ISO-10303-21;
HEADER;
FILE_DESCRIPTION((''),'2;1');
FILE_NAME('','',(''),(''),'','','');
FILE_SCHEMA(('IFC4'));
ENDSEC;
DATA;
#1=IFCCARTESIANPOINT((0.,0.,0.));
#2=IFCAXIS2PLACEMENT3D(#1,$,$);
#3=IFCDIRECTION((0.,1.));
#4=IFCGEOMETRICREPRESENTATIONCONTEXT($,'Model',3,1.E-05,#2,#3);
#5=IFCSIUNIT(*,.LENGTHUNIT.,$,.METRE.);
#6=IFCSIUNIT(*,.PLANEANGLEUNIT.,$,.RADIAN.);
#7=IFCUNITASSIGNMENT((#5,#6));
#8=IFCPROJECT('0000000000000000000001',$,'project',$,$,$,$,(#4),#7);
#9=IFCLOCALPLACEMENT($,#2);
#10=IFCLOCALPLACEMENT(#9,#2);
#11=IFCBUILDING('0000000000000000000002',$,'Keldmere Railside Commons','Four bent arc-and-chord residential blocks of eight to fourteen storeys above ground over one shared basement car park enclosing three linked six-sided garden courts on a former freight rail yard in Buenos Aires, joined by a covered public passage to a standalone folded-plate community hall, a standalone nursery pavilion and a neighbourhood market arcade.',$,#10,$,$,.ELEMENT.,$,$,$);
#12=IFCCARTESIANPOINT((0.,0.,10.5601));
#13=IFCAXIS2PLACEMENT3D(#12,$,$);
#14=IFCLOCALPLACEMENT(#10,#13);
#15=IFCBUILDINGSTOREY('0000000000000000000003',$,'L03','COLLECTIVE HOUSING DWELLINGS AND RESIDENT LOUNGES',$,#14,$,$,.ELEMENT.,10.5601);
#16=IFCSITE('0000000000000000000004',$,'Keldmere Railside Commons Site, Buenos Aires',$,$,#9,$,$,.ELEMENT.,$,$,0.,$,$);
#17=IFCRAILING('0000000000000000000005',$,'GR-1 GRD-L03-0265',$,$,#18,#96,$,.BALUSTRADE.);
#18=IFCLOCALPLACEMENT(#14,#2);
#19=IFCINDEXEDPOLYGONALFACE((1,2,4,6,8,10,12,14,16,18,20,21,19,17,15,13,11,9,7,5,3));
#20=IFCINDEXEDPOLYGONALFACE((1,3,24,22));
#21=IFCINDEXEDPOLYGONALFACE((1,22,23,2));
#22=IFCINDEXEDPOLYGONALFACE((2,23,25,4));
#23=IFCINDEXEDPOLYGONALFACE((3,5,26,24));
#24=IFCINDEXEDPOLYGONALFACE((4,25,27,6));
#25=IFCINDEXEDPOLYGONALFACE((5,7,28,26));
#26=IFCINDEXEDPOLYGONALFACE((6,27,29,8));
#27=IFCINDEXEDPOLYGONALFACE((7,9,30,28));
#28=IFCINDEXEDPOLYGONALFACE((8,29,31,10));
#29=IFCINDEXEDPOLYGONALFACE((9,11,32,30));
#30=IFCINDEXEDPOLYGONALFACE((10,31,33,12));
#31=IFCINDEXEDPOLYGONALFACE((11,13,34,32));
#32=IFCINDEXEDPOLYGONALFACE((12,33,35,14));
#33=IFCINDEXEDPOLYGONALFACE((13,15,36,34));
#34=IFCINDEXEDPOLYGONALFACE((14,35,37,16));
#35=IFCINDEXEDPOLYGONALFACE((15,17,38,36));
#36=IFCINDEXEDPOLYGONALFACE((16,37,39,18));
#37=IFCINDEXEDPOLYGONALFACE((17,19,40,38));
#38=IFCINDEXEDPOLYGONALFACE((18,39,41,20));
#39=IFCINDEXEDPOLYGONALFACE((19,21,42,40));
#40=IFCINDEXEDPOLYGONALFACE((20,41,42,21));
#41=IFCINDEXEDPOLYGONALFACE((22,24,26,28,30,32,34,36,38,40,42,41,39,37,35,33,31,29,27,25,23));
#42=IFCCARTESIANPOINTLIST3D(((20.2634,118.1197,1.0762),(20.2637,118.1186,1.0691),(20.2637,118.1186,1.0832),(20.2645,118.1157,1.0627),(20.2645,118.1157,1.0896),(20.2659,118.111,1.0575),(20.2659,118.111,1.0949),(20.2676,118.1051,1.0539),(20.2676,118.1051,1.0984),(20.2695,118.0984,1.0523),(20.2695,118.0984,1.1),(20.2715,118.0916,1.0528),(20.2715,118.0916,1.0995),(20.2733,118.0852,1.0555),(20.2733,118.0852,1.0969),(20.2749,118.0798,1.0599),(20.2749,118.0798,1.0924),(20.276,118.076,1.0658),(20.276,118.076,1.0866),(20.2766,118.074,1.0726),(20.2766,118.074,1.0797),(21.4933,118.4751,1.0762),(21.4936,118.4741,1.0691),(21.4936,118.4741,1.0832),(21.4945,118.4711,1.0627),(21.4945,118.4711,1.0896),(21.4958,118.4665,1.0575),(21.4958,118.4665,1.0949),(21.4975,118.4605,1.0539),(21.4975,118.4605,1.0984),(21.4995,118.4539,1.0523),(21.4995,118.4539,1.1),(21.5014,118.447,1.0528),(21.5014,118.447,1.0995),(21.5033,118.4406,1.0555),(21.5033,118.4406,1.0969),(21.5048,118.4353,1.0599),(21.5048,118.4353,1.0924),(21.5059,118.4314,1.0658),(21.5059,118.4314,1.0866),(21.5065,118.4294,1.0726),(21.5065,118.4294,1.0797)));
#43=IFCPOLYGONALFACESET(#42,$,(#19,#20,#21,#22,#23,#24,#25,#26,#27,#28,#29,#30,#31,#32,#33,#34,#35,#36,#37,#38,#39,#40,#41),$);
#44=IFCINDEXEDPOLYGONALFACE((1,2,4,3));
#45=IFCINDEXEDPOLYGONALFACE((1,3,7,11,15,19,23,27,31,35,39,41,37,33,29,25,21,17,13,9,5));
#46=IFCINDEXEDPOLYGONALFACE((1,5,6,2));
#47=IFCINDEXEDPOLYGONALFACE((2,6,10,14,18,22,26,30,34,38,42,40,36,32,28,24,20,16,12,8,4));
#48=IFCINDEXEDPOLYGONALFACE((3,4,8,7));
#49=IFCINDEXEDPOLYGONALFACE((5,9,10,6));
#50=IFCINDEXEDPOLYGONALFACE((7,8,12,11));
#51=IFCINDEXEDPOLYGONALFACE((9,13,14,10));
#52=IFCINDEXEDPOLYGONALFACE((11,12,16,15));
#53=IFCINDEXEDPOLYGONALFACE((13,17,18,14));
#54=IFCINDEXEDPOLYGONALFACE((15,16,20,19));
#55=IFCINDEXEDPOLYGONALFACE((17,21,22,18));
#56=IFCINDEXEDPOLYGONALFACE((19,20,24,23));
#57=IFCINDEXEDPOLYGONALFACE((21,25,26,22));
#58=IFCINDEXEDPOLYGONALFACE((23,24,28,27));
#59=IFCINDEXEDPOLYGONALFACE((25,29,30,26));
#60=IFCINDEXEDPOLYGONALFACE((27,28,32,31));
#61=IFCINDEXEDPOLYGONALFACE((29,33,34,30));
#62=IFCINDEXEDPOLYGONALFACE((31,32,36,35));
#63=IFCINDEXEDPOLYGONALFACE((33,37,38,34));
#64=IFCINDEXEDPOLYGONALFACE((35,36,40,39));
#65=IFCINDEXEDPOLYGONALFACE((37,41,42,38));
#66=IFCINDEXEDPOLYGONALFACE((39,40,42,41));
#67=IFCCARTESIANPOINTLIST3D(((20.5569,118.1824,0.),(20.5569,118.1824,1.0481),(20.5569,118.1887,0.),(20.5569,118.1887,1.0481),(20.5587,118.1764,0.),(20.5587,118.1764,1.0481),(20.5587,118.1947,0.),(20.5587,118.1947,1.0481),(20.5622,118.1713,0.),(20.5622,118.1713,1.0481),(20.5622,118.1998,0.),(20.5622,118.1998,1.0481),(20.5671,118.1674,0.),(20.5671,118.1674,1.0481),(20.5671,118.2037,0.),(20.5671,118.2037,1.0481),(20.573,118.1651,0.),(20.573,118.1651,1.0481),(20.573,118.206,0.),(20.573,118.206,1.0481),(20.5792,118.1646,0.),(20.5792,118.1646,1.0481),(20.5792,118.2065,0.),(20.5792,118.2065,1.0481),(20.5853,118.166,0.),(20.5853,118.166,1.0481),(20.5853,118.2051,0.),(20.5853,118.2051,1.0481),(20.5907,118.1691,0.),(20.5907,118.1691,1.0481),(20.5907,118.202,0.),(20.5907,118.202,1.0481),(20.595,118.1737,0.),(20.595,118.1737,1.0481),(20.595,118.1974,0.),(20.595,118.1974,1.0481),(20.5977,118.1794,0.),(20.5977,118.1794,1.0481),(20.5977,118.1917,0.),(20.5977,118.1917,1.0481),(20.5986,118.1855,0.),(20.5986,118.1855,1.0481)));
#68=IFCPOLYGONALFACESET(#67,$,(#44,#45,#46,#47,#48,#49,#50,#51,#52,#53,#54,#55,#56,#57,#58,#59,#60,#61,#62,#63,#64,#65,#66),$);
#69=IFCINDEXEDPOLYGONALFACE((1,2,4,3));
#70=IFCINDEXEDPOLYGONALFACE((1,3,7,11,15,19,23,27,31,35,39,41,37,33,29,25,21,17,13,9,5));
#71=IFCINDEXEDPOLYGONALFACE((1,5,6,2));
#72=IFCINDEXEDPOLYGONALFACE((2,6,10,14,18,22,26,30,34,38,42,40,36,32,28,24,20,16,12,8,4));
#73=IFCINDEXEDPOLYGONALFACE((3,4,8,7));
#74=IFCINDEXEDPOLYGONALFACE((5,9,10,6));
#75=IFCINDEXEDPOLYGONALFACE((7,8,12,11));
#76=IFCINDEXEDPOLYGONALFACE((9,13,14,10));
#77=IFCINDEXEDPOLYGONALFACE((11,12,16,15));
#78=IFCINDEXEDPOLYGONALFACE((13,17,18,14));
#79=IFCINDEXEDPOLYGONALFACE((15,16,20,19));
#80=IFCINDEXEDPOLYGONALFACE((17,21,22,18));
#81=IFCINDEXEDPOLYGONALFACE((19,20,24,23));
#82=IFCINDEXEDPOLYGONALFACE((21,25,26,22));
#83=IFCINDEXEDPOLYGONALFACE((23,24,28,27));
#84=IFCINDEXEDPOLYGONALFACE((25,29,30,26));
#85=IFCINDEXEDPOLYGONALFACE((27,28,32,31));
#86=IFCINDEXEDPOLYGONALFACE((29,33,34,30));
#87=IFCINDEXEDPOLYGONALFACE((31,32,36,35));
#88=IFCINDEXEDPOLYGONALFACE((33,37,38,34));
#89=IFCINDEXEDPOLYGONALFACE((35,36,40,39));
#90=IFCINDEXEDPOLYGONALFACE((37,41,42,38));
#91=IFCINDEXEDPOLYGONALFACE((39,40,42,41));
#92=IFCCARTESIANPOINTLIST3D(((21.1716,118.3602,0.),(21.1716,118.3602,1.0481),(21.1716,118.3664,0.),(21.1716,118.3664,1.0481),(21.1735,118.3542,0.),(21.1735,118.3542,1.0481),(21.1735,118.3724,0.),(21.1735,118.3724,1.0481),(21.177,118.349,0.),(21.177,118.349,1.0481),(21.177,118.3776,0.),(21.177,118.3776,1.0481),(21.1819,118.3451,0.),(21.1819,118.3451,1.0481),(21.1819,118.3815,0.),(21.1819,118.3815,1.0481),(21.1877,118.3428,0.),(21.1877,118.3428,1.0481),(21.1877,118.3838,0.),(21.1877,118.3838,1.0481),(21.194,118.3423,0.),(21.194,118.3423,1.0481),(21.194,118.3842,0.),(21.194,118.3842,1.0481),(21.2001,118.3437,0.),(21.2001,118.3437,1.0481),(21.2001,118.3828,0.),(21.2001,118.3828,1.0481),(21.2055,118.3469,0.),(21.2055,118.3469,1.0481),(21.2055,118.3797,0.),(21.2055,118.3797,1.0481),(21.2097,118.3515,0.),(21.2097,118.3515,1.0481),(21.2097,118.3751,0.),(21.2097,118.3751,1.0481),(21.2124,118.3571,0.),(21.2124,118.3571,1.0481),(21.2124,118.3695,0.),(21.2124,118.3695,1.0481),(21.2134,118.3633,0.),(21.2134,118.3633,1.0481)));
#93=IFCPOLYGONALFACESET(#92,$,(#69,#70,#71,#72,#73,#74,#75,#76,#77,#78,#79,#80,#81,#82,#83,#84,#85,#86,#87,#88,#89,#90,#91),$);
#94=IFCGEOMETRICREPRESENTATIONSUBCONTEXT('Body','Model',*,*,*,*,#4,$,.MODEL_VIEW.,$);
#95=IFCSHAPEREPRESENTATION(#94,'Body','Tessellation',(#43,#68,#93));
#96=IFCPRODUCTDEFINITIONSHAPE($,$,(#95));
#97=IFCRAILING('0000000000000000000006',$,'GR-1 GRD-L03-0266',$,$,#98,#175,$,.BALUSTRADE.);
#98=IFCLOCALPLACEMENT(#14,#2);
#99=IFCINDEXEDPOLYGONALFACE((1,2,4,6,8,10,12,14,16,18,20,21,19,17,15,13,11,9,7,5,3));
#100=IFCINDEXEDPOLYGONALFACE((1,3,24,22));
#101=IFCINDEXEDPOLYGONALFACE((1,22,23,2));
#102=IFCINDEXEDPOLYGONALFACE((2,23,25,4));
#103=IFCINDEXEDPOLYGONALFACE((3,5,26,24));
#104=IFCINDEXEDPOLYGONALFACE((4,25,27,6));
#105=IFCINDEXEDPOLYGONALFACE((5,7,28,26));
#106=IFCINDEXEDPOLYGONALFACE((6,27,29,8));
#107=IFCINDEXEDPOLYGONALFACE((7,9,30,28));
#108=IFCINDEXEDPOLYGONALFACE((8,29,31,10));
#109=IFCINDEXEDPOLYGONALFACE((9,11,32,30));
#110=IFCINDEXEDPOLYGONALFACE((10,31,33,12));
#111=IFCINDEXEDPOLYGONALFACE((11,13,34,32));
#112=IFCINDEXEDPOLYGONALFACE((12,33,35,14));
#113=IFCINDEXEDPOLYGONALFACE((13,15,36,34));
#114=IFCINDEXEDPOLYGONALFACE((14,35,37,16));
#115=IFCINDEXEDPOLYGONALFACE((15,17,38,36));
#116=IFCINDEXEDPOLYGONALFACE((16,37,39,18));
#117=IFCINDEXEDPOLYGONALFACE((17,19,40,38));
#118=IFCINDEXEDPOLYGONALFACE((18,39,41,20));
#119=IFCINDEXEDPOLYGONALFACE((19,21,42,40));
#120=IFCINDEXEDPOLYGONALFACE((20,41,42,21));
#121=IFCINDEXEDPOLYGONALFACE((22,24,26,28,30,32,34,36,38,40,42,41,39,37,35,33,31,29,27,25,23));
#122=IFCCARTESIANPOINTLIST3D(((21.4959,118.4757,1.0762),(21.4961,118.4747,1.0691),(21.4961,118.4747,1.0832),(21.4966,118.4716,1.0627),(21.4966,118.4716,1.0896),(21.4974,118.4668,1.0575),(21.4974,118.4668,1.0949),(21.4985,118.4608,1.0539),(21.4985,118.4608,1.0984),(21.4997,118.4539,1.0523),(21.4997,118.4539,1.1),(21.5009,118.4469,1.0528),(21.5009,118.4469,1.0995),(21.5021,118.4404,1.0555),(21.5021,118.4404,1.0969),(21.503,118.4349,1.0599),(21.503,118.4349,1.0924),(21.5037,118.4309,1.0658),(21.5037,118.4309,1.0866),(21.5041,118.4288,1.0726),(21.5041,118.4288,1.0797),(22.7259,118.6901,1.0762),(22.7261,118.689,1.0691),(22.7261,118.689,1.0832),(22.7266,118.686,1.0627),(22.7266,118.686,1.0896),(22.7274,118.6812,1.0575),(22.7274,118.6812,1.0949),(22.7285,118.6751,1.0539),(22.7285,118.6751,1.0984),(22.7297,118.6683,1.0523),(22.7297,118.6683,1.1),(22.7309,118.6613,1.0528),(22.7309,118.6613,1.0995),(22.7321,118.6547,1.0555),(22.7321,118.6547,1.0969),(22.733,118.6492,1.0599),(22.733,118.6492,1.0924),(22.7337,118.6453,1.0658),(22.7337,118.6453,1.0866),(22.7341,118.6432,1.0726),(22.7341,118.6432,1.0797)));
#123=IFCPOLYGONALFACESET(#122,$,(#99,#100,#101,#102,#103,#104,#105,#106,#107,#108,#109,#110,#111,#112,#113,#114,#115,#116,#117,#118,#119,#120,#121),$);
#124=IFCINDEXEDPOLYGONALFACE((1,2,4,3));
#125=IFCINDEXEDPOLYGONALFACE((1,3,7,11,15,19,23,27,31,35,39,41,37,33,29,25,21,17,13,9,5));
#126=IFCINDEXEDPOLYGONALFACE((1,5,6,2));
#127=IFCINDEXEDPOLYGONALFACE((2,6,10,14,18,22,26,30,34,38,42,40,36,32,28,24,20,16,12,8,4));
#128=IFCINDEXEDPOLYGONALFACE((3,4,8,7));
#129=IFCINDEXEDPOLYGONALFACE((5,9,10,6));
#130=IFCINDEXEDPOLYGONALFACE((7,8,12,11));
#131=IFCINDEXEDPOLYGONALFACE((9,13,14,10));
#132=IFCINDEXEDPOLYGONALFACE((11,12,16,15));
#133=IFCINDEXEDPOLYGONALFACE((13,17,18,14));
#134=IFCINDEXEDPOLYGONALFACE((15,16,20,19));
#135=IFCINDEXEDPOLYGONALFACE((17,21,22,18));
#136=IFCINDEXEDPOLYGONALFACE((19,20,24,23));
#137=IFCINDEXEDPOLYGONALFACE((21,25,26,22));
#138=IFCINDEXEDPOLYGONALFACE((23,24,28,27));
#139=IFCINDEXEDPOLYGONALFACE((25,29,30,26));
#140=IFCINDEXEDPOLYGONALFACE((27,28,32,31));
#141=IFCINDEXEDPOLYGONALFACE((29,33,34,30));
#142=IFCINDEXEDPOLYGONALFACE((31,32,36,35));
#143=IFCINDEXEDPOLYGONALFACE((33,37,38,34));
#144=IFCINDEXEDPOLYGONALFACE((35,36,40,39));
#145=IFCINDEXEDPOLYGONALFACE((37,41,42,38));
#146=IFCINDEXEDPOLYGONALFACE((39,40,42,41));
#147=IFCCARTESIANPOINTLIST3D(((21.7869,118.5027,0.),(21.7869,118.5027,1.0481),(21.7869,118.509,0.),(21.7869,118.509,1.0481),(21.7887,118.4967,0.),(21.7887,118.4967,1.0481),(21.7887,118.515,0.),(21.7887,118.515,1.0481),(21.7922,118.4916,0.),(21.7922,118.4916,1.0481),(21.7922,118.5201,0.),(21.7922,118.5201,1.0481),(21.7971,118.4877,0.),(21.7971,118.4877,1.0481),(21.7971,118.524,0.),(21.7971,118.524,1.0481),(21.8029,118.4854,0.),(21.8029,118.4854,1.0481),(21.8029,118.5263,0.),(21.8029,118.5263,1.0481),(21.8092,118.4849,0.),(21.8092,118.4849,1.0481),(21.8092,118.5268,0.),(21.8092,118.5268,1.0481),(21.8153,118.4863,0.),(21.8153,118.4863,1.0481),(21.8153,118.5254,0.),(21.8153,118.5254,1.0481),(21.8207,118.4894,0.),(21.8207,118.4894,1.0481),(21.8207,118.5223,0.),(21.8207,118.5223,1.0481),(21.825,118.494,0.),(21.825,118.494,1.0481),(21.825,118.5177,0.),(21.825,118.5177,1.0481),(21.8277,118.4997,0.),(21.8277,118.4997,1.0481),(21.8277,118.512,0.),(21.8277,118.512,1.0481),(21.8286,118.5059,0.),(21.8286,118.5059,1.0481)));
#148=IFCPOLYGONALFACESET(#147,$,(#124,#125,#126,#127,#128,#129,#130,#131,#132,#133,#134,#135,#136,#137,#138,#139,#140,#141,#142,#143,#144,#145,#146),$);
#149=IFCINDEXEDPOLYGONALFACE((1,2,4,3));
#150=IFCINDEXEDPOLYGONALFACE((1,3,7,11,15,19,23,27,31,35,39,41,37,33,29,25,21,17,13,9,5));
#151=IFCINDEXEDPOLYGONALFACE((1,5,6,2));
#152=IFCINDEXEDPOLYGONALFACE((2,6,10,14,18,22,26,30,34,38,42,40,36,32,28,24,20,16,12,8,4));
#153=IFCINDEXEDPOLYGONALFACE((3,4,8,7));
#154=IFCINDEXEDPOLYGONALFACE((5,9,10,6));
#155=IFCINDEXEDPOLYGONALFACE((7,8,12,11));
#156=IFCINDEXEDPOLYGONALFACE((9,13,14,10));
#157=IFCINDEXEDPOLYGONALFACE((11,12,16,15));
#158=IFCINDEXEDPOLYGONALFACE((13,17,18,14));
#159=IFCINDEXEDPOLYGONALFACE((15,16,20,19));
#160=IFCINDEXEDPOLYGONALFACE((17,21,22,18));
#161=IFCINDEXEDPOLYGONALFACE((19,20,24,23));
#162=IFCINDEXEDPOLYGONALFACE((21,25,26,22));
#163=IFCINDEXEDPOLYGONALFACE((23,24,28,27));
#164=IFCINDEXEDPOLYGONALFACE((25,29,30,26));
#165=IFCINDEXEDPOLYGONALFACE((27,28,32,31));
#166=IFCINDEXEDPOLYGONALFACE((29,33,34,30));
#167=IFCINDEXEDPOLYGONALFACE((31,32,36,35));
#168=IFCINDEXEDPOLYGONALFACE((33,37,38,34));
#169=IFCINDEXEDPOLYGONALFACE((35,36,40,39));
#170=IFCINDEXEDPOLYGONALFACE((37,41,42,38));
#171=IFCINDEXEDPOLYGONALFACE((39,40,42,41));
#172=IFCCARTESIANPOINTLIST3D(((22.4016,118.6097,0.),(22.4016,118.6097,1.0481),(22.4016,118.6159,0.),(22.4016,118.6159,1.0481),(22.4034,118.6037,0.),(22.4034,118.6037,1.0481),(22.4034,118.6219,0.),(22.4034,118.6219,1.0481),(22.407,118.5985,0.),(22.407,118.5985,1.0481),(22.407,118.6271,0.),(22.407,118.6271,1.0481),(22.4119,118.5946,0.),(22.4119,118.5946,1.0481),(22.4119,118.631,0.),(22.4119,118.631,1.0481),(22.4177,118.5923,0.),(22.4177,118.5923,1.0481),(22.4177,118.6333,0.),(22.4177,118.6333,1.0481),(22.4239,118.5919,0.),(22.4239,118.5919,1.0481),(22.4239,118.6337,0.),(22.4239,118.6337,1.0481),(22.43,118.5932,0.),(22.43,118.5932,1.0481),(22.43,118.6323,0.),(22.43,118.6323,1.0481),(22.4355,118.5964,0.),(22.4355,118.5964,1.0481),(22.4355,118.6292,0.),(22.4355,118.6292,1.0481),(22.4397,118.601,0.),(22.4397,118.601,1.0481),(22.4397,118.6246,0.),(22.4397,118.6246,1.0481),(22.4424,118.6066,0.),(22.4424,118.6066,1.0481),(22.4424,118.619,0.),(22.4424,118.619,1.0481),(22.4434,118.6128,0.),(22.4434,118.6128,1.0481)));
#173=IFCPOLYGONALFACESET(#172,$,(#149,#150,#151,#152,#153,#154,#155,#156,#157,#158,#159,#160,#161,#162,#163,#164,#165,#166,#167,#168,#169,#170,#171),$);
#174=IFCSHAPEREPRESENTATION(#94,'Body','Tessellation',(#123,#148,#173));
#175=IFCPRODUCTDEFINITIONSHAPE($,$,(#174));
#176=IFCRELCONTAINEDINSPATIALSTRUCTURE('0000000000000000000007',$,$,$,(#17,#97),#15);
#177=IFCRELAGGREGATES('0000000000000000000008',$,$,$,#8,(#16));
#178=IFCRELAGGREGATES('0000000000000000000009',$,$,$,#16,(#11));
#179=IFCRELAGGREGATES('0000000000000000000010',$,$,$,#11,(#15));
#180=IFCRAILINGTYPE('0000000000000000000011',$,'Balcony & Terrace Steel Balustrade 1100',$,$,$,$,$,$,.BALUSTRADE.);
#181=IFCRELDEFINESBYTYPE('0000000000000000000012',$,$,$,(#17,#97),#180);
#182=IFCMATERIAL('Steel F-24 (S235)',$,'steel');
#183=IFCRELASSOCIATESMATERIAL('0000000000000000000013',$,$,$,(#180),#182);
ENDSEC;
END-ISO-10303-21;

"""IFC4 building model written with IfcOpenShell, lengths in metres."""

from ifc_helpers import new_model, si_unit, direction, frame, origin, origin_2d, place, context, subcontext, project, spatial, circle, extrude, material, type_object, element, save


model = new_model("IFC4")

# Units and contexts
model_context = context("Model", 3, precision=1e-05, world=origin(), true_north=direction((0.0, 1.0)))
body_context = subcontext(model_context, "Body", "Model", "MODEL_VIEW")
ifc_project = project(units=[si_unit("LENGTHUNIT", "METRE"), si_unit("PLANEANGLEUNIT", "RADIAN")], contexts=[model_context])

# Site, building, storey
site_placement = place(None, origin())
site = spatial("IfcSite", under=ifc_project, at=site_placement, Name="Keldmere Railside Commons Site, Buenos Aires", CompositionType="ELEMENT", RefElevation=0.0)
building_placement = place(site_placement, origin())
building = spatial("IfcBuilding", under=site, at=building_placement, Name="Keldmere Railside Commons", Description="Four bent arc-and-chord residential blocks of eight to fourteen storeys above ground over one shared basement car park enclosing three linked six-sided garden courts on a former freight rail yard in Buenos Aires, joined by a covered public passage to a standalone folded-plate community hall, a standalone nursery pavilion and a neighbourhood market arcade.", CompositionType="ELEMENT")
storey_placement = place(building_placement, frame((0.0, 0.0, 10.5601)))
storey = spatial("IfcBuildingStorey", under=building, at=storey_placement, Name="L03", Description="COLLECTIVE HOUSING DWELLINGS AND RESIDENT LOUNGES", CompositionType="ELEMENT", Elevation=10.5601)

# Railings
ifc_material_1 = material(Name="Steel F-24 (S235)", Category="steel")
railing_type = type_object("IfcRailingType", Name="Balcony & Terrace Steel Balustrade 1100", PredefinedType="BALUSTRADE", material=ifc_material_1)
railing_1_placement = place(storey_placement, frame((20.27, 118.0967, 0.0)))
element("IfcRailing", 1, at=railing_1_placement, inside=storey, type_object=railing_type, Name="GR-1 GRD-L03-0265", PredefinedType="BALUSTRADE", context=body_context, shape_type="SweptSolid", body=[
    extrude(circle(Radius=0.0239, at=origin_2d()), frame((0.0, 0.0, 1.0762), z_axis=(0.960685, 0.277641, 0.0), x_axis=(-0.277641, 0.960685, 0.0)), (0.0, 0.0, 1.0), 1.2803),
    extrude(circle(Radius=0.021, at=origin_2d()), frame((0.3076, 0.0889, 0.0)), (0.0, 0.0, 1.0), 1.0481),
    extrude(circle(Radius=0.021, at=origin_2d()), frame((0.9224, 0.2666, 0.0)), (0.0, 0.0, 1.0), 1.0481),
])
railing_2_placement = place(storey_placement, frame((21.5, 118.4521, 0.0)))
element("IfcRailing", 2, at=railing_2_placement, inside=storey, type_object=railing_type, Name="GR-1 GRD-L03-0266", PredefinedType="BALUSTRADE", context=body_context, shape_type="SweptSolid", body=[
    extrude(circle(Radius=0.0239, at=origin_2d()), frame((0.0, 0.0, 1.0762), z_axis=(0.985151, 0.171688, 0.0), x_axis=(-0.171688, 0.985151, 0.0)), (0.0, 0.0, 1.0), 1.2485),
    extrude(circle(Radius=0.021, at=origin_2d()), frame((0.3076, 0.0537, 0.0)), (0.0, 0.0, 1.0), 1.0481),
    extrude(circle(Radius=0.021, at=origin_2d()), frame((0.9224, 0.1606, 0.0)), (0.0, 0.0, 1.0), 1.0481),
])

save(model, "model.ifc")
